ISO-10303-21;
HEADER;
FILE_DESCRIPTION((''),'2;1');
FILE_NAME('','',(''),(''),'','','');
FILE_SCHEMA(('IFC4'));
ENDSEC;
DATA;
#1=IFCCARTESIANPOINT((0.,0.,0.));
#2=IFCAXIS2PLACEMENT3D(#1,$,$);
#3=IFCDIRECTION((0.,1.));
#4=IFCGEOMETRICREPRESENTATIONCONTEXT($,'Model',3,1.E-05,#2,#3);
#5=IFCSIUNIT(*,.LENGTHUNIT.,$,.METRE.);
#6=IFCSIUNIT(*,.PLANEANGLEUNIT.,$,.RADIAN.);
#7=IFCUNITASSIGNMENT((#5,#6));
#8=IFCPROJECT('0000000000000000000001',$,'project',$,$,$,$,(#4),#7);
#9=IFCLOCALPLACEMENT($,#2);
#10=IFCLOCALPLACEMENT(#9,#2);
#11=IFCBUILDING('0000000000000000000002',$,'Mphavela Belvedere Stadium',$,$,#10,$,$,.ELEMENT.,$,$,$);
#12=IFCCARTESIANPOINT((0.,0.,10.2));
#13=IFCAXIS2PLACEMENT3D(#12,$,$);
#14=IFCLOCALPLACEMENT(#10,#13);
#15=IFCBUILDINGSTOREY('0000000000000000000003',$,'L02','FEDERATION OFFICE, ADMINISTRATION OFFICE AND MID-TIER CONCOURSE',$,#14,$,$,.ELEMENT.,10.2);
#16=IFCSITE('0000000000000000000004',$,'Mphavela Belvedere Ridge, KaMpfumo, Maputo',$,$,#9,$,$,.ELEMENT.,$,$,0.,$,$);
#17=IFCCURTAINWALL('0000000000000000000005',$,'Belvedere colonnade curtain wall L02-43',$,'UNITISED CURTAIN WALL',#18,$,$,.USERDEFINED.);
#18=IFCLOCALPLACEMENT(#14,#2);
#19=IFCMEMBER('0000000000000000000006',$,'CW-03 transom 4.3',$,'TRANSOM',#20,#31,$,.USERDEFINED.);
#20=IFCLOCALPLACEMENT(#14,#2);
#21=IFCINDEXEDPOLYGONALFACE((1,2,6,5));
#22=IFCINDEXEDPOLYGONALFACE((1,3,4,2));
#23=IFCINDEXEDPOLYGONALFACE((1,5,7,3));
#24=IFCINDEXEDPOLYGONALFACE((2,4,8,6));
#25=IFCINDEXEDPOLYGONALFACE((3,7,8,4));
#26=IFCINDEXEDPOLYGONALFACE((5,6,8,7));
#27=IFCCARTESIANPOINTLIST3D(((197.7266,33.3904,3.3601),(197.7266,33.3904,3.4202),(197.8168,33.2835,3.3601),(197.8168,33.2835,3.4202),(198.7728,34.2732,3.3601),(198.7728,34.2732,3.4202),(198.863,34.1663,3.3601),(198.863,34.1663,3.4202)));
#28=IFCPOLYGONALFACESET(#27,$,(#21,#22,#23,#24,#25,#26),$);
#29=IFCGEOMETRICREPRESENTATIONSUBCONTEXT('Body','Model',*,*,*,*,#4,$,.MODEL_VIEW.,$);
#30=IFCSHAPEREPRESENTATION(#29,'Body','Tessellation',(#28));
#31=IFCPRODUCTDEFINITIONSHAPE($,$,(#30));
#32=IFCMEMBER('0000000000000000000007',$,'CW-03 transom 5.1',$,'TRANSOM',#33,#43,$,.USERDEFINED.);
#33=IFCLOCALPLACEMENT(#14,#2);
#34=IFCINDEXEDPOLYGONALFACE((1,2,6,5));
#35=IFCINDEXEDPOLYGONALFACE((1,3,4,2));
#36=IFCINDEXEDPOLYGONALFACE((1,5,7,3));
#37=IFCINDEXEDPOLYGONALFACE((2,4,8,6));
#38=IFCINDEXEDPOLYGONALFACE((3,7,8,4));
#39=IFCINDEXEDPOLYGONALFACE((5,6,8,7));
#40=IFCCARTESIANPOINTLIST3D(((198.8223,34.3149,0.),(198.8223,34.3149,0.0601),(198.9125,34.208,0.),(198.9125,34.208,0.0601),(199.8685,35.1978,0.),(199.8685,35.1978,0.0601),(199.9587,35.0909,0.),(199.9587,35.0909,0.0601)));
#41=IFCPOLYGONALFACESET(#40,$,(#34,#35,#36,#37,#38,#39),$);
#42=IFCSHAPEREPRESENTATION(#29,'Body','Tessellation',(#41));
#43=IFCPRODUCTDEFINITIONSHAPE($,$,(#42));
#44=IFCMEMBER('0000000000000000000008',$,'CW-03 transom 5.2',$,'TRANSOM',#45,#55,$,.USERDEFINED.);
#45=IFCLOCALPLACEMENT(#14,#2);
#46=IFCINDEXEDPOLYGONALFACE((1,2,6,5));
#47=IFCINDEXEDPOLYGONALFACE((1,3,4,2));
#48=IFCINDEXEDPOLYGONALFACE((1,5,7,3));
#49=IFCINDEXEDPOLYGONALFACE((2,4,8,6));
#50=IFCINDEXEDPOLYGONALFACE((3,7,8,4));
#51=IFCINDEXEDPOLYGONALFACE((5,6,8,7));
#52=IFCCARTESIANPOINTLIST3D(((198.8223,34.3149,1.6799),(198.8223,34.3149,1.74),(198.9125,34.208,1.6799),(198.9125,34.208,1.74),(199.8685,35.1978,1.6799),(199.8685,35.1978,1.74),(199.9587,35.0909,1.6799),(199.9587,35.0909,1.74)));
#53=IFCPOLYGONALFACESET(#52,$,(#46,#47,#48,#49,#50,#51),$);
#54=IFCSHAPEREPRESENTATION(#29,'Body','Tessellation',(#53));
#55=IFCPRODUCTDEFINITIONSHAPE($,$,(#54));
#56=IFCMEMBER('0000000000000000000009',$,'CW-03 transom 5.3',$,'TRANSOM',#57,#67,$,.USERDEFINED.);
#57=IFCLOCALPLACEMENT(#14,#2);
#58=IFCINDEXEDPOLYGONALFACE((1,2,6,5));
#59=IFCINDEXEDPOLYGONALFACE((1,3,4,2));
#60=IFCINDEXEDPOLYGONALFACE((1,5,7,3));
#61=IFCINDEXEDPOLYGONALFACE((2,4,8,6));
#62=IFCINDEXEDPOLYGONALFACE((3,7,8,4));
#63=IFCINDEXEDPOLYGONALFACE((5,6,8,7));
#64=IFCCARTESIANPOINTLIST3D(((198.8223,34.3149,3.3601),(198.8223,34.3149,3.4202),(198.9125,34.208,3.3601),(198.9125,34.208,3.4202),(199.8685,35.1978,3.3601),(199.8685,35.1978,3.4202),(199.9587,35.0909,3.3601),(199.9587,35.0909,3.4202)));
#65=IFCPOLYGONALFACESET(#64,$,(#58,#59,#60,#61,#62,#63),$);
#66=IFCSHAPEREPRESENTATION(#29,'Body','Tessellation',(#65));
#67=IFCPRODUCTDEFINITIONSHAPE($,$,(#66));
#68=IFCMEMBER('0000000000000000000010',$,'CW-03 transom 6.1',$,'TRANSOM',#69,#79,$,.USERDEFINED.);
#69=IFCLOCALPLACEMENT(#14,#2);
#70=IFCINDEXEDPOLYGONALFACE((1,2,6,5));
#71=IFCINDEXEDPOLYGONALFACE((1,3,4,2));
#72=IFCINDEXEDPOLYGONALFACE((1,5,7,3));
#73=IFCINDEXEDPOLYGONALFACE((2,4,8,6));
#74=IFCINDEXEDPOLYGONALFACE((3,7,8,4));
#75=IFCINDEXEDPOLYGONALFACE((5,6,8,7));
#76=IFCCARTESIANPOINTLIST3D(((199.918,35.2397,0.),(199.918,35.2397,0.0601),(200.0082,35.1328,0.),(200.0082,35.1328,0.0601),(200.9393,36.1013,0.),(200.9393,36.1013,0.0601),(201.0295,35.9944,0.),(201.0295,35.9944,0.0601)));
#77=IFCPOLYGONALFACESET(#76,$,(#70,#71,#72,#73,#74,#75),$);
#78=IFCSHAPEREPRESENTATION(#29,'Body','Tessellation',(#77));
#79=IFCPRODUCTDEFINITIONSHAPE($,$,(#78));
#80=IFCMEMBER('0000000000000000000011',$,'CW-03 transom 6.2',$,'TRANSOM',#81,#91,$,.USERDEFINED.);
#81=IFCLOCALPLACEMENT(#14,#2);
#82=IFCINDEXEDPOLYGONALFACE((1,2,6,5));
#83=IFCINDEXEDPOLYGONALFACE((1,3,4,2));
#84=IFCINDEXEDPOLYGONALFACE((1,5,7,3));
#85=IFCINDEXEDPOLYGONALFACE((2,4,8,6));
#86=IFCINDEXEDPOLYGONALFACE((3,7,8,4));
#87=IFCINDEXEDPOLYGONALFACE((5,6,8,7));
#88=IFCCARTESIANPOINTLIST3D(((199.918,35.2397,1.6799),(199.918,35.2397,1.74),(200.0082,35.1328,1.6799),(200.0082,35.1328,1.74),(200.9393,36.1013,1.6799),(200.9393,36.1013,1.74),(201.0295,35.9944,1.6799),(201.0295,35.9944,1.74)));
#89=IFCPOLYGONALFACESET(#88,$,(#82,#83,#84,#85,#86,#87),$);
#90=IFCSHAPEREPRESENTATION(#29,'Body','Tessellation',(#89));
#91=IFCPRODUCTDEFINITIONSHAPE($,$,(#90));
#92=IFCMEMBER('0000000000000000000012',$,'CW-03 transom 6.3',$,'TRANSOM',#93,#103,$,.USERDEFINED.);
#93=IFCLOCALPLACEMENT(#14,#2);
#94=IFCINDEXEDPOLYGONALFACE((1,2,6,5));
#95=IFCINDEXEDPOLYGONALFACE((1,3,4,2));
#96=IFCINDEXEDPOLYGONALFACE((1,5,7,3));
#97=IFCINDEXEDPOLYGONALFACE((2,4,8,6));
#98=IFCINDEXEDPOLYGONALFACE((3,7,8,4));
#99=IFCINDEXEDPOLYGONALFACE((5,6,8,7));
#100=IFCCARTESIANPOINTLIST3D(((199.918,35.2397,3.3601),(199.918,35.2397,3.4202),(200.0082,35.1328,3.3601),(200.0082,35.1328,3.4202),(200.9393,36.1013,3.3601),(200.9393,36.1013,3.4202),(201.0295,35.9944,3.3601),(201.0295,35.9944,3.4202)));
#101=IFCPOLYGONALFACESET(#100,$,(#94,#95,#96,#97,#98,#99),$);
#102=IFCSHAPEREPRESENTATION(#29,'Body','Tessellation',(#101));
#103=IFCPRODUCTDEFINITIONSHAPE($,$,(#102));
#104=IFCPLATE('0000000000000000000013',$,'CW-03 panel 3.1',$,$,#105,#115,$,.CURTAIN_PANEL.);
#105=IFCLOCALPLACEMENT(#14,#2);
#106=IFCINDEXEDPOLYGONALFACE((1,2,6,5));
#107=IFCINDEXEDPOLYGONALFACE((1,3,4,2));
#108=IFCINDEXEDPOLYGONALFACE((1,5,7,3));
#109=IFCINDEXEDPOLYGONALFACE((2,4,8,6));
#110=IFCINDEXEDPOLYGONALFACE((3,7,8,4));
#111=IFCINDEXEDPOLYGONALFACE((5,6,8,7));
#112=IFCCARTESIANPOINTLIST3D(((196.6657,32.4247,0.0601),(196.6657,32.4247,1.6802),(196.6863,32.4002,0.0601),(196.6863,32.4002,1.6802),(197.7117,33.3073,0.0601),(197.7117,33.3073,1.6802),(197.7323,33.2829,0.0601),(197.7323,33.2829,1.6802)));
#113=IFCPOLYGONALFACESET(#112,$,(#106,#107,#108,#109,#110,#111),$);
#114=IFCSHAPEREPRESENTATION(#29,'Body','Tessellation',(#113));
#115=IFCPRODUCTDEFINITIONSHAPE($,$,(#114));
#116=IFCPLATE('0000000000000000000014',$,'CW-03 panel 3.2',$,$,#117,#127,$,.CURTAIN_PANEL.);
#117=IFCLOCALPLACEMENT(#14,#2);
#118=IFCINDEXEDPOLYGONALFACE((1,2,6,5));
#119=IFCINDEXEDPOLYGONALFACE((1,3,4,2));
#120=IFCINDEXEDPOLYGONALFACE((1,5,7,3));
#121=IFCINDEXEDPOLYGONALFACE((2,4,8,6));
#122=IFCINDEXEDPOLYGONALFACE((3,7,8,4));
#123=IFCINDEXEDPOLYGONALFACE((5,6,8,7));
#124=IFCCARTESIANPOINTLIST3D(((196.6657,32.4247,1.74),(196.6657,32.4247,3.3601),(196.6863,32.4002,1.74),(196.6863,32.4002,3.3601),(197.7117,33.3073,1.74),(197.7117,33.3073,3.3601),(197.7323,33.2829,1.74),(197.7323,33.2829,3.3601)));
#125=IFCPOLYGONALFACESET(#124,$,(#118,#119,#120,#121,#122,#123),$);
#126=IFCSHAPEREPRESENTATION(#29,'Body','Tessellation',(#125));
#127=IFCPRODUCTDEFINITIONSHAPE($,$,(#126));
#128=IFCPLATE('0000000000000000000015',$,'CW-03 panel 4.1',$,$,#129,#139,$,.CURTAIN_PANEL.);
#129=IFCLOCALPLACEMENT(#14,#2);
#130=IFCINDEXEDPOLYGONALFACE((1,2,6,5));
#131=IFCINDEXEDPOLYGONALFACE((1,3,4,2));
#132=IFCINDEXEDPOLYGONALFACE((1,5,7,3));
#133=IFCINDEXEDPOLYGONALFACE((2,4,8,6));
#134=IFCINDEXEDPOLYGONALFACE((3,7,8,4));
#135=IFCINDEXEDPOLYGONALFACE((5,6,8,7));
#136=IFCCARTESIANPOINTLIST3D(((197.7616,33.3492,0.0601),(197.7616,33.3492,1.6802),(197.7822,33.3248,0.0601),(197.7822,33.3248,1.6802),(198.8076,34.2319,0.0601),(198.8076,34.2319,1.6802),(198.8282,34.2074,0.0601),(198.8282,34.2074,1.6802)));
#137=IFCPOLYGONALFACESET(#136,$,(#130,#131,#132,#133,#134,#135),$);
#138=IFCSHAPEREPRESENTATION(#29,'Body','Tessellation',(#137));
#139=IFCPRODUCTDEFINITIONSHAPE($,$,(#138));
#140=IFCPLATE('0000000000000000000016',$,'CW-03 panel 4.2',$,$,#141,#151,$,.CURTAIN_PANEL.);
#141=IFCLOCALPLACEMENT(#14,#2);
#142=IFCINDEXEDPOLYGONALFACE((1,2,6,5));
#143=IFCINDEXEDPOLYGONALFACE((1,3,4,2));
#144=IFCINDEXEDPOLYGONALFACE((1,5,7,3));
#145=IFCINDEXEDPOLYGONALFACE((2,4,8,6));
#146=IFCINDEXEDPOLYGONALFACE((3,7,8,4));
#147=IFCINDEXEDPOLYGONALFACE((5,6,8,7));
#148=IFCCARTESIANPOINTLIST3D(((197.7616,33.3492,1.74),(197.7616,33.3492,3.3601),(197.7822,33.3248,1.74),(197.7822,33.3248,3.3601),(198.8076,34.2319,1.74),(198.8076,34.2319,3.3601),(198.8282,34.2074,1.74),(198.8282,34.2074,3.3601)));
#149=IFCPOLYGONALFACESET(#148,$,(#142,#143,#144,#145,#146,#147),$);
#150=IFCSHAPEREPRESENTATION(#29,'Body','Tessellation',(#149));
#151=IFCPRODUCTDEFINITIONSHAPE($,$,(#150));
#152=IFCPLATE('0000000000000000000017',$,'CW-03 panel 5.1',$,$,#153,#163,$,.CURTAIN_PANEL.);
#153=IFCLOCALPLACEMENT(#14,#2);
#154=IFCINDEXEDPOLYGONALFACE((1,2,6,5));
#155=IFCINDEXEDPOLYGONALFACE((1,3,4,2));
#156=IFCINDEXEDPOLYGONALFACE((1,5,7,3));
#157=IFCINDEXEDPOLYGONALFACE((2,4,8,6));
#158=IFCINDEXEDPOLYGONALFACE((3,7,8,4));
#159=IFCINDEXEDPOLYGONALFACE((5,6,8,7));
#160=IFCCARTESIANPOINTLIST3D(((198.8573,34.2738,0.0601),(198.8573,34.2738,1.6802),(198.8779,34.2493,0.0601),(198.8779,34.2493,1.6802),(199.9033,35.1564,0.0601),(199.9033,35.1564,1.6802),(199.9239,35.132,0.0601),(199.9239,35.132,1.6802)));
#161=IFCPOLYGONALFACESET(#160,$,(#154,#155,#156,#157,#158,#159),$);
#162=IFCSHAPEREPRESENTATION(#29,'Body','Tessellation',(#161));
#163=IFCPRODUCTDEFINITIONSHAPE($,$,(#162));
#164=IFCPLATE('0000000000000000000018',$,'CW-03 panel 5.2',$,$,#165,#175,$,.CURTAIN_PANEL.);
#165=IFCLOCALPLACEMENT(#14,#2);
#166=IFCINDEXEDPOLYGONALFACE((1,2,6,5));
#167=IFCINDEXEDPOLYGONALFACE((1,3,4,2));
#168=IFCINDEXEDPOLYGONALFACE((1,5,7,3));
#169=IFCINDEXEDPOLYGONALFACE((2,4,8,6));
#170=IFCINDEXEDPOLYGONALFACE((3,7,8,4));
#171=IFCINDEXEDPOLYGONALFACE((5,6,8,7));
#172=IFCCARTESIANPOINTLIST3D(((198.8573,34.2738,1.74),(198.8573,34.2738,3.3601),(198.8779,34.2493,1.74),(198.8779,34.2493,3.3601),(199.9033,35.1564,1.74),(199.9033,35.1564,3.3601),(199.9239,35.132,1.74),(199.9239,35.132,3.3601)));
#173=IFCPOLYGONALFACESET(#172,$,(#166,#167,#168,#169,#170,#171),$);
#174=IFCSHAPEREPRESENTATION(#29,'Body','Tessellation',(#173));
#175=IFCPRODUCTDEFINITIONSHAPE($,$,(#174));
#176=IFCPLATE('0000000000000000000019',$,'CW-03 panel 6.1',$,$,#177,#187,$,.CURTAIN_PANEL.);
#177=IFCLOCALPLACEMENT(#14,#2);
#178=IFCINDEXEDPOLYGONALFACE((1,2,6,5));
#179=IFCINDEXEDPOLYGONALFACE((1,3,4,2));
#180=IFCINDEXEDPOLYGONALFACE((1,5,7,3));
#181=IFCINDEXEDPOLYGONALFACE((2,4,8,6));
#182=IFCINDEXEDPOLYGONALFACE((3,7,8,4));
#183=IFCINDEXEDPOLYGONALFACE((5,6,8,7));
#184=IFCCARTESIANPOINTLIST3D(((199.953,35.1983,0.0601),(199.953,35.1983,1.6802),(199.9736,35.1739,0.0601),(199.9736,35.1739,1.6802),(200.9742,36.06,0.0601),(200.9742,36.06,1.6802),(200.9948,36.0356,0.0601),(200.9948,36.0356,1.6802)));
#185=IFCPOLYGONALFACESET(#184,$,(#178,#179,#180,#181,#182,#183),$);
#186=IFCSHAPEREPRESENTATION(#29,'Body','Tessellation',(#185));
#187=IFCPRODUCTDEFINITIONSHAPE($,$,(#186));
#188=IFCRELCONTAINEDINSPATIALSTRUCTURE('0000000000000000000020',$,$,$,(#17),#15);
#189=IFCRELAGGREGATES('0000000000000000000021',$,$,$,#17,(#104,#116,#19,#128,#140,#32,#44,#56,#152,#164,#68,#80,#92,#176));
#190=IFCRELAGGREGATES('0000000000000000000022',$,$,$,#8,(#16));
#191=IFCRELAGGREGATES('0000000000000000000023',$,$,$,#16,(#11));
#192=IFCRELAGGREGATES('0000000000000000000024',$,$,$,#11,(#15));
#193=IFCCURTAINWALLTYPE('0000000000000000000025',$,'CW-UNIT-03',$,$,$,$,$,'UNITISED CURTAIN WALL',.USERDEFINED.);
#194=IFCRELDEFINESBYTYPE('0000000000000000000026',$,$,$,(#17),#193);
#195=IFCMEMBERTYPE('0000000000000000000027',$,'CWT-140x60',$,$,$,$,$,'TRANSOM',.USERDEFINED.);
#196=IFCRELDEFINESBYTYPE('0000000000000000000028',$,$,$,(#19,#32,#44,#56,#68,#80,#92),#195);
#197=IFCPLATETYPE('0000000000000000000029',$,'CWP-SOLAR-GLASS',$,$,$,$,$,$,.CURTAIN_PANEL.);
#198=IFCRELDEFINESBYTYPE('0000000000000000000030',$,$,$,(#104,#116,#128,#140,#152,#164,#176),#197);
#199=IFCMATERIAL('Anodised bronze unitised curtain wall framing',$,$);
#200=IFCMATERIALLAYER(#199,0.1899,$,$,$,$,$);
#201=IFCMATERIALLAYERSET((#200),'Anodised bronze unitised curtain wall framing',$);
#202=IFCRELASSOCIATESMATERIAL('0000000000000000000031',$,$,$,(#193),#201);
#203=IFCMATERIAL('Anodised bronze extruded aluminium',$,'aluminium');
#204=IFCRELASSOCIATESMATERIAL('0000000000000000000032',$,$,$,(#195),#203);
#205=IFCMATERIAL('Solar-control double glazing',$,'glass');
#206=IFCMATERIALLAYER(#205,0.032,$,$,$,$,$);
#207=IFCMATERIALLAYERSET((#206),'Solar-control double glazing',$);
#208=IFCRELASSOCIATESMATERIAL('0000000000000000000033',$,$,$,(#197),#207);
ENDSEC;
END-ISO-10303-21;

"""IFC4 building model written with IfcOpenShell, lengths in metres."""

from ifc_helpers import new_model, si_unit, direction, frame, origin, origin_2d, place, context, subcontext, project, spatial, rectangle, extrude, material, layer, layer_set, material_profile, profile_set, type_object, element, aggregate, save


model = new_model("IFC4")

# Units and contexts
model_context = context("Model", 3, precision=1e-05, world=origin(), true_north=direction((0.0, 1.0)))
body_context = subcontext(model_context, "Body", "Model", "MODEL_VIEW")
ifc_project = project(units=[si_unit("LENGTHUNIT", "METRE"), si_unit("PLANEANGLEUNIT", "RADIAN")], contexts=[model_context])

# Site, building, storey
site_placement = place(None, origin())
site = spatial("IfcSite", under=ifc_project, at=site_placement, Name="Mphavela Belvedere Ridge, KaMpfumo, Maputo", CompositionType="ELEMENT", RefElevation=0.0)
building_placement = place(site_placement, origin())
building = spatial("IfcBuilding", under=site, at=building_placement, Name="Mphavela Belvedere Stadium", CompositionType="ELEMENT")
storey_placement = place(building_placement, frame((0.0, 0.0, 10.2)))
storey = spatial("IfcBuildingStorey", under=building, at=storey_placement, Name="L02", Description="FEDERATION OFFICE, ADMINISTRATION OFFICE AND MID-TIER CONCOURSE", CompositionType="ELEMENT", Elevation=10.2)

# Curtain wall, members, plates
ifc_material_1 = material(Name="Anodised bronze unitised curtain wall framing")
ifc_layer_1 = layer(ifc_material_1, 0.1899)
ifc_layer_set_1 = layer_set([ifc_layer_1], Name="Anodised bronze unitised curtain wall framing")
curtain_wall_type = type_object("IfcCurtainWallType", Name="CW-UNIT-03", ElementType="UNITISED CURTAIN WALL", PredefinedType="USERDEFINED", material=ifc_layer_set_1)
curtain_wall_placement = place(storey_placement, origin())
curtain_wall = element("IfcCurtainWall", 1, at=curtain_wall_placement, inside=storey, type_object=curtain_wall_type, Name="Belvedere colonnade curtain wall L02-43", ObjectType="UNITISED CURTAIN WALL", PredefinedType="USERDEFINED")
ifc_material_2 = material(Name="Anodised bronze extruded aluminium", Category="aluminium")
ifc_material_profile_1 = material_profile(ifc_material_2, rectangle(XDim=0.1399, YDim=0.0601, at=origin_2d()), Name="CW-TRN 140x60")
ifc_profile_set_1 = profile_set([ifc_material_profile_1], Name="Anodised bronze extruded aluminium")
member_type_1 = type_object("IfcMemberType", Name="CWT-140x60", ElementType="TRANSOM", PredefinedType="USERDEFINED", material=ifc_profile_set_1)
member_1_placement = place(storey_placement, frame((197.7717, 33.3369, 3.3901), z_axis=(0.764245, 0.644926, 0.0), x_axis=(-0.644926, 0.764245, 0.0)))
member_1 = element("IfcMember", 2, at=member_1_placement, type_object=member_type_1, Name="CW-03 transom 4.3", ObjectType="TRANSOM", PredefinedType="USERDEFINED", context=body_context, shape_type="SweptSolid", body=[
    extrude(rectangle(XDim=0.1399, YDim=0.0601, at=origin_2d()), origin(), (0.0, 0.0, 1.0), 1.3689),
])
member_2_placement = place(storey_placement, frame((198.8674, 34.2615, 0.03), z_axis=(0.764245, 0.644926, 0.0), x_axis=(-0.644926, 0.764245, 0.0)))
member_2 = element("IfcMember", 3, at=member_2_placement, type_object=member_type_1, Name="CW-03 transom 5.1", ObjectType="TRANSOM", PredefinedType="USERDEFINED", context=body_context, shape_type="SweptSolid", body=[
    extrude(rectangle(XDim=0.1399, YDim=0.0601, at=origin_2d()), origin(), (0.0, 0.0, 1.0), 1.3689),
])
member_3_placement = place(storey_placement, frame((198.8674, 34.2615, 1.71), z_axis=(0.764245, 0.644926, 0.0), x_axis=(-0.644926, 0.764245, 0.0)))
member_3 = element("IfcMember", 4, at=member_3_placement, type_object=member_type_1, Name="CW-03 transom 5.2", ObjectType="TRANSOM", PredefinedType="USERDEFINED", context=body_context, shape_type="SweptSolid", body=[
    extrude(rectangle(XDim=0.1399, YDim=0.0601, at=origin_2d()), origin(), (0.0, 0.0, 1.0), 1.3689),
])
member_4_placement = place(storey_placement, frame((198.8674, 34.2615, 3.3901), z_axis=(0.764245, 0.644926, 0.0), x_axis=(-0.644926, 0.764245, 0.0)))
member_4 = element("IfcMember", 5, at=member_4_placement, type_object=member_type_1, Name="CW-03 transom 5.3", ObjectType="TRANSOM", PredefinedType="USERDEFINED", context=body_context, shape_type="SweptSolid", body=[
    extrude(rectangle(XDim=0.1399, YDim=0.0601, at=origin_2d()), origin(), (0.0, 0.0, 1.0), 1.3689),
])
member_5_placement = place(storey_placement, frame((199.9631, 35.1863, 0.03), z_axis=(0.764328, 0.644828, 0.0), x_axis=(-0.644828, 0.764328, 0.0)))
member_5 = element("IfcMember", 6, at=member_5_placement, type_object=member_type_1, Name="CW-03 transom 6.1", ObjectType="TRANSOM", PredefinedType="USERDEFINED", context=body_context, shape_type="SweptSolid", body=[
    extrude(rectangle(XDim=0.1399, YDim=0.0601, at=origin_2d()), origin(), (0.0, 0.0, 1.0), 1.3362),
])
member_6_placement = place(storey_placement, frame((199.9631, 35.1863, 1.71), z_axis=(0.764328, 0.644828, 0.0), x_axis=(-0.644828, 0.764328, 0.0)))
member_6 = element("IfcMember", 7, at=member_6_placement, type_object=member_type_1, Name="CW-03 transom 6.2", ObjectType="TRANSOM", PredefinedType="USERDEFINED", context=body_context, shape_type="SweptSolid", body=[
    extrude(rectangle(XDim=0.1399, YDim=0.0601, at=origin_2d()), origin(), (0.0, 0.0, 1.0), 1.3362),
])
member_7_placement = place(storey_placement, frame((199.9631, 35.1863, 3.3901), z_axis=(0.764328, 0.644828, 0.0), x_axis=(-0.644828, 0.764328, 0.0)))
member_7 = element("IfcMember", 8, at=member_7_placement, type_object=member_type_1, Name="CW-03 transom 6.3", ObjectType="TRANSOM", PredefinedType="USERDEFINED", context=body_context, shape_type="SweptSolid", body=[
    extrude(rectangle(XDim=0.1399, YDim=0.0601, at=origin_2d()), origin(), (0.0, 0.0, 1.0), 1.3362),
])
ifc_material_3 = material(Name="Solar-control double glazing", Category="glass")
ifc_layer_2 = layer(ifc_material_3, 0.032)
ifc_layer_set_2 = layer_set([ifc_layer_2], Name="Solar-control double glazing")
plate_type = type_object("IfcPlateType", Name="CWP-SOLAR-GLASS", PredefinedType="CURTAIN_PANEL", material=ifc_layer_set_2)
plate_1_placement = place(storey_placement, frame((197.199, 32.8538, 0.0601), z_axis=(0.0, 0.0, 1.0), x_axis=(0.764261, 0.644907, 0.0)))
plate_1 = element("IfcPlate", 9, at=plate_1_placement, type_object=plate_type, Name="CW-03 panel 3.1", PredefinedType="CURTAIN_PANEL", context=body_context, shape_type="SweptSolid", body=[
    extrude(rectangle(XDim=1.3687, YDim=0.032, at=origin_2d()), origin(), (0.0, 0.0, 1.0), 1.6201),
])
plate_2_placement = place(storey_placement, frame((197.199, 32.8538, 1.74), z_axis=(0.0, 0.0, 1.0), x_axis=(0.764261, 0.644907, 0.0)))
plate_2 = element("IfcPlate", 10, at=plate_2_placement, type_object=plate_type, Name="CW-03 panel 3.2", PredefinedType="CURTAIN_PANEL", context=body_context, shape_type="SweptSolid", body=[
    extrude(rectangle(XDim=1.3687, YDim=0.032, at=origin_2d()), origin(), (0.0, 0.0, 1.0), 1.6201),
])
plate_3_placement = place(storey_placement, frame((198.2949, 33.7783, 0.0601), z_axis=(0.0, 0.0, 1.0), x_axis=(0.764261, 0.644907, 0.0)))
plate_3 = element("IfcPlate", 11, at=plate_3_placement, type_object=plate_type, Name="CW-03 panel 4.1", PredefinedType="CURTAIN_PANEL", context=body_context, shape_type="SweptSolid", body=[
    extrude(rectangle(XDim=1.3687, YDim=0.032, at=origin_2d()), origin(), (0.0, 0.0, 1.0), 1.6201),
])
plate_4_placement = place(storey_placement, frame((198.2949, 33.7783, 1.74), z_axis=(0.0, 0.0, 1.0), x_axis=(0.764261, 0.644907, 0.0)))
plate_4 = element("IfcPlate", 12, at=plate_4_placement, type_object=plate_type, Name="CW-03 panel 4.2", PredefinedType="CURTAIN_PANEL", context=body_context, shape_type="SweptSolid", body=[
    extrude(rectangle(XDim=1.3687, YDim=0.032, at=origin_2d()), origin(), (0.0, 0.0, 1.0), 1.6201),
])
plate_5_placement = place(storey_placement, frame((199.3906, 34.7029, 0.0601), z_axis=(0.0, 0.0, 1.0), x_axis=(0.764261, 0.644907, 0.0)))
plate_5 = element("IfcPlate", 13, at=plate_5_placement, type_object=plate_type, Name="CW-03 panel 5.1", PredefinedType="CURTAIN_PANEL", context=body_context, shape_type="SweptSolid", body=[
    extrude(rectangle(XDim=1.3687, YDim=0.032, at=origin_2d()), origin(), (0.0, 0.0, 1.0), 1.6201),
])
plate_6_placement = place(storey_placement, frame((199.3906, 34.7029, 1.74), z_axis=(0.0, 0.0, 1.0), x_axis=(0.764261, 0.644907, 0.0)))
plate_6 = element("IfcPlate", 14, at=plate_6_placement, type_object=plate_type, Name="CW-03 panel 5.2", PredefinedType="CURTAIN_PANEL", context=body_context, shape_type="SweptSolid", body=[
    extrude(rectangle(XDim=1.3687, YDim=0.032, at=origin_2d()), origin(), (0.0, 0.0, 1.0), 1.6201),
])
plate_7_placement = place(storey_placement, frame((200.4739, 35.6169, 0.0601), z_axis=(0.0, 0.0, 1.0), x_axis=(0.764261, 0.644907, 0.0)))
plate_7 = element("IfcPlate", 15, at=plate_7_placement, type_object=plate_type, Name="CW-03 panel 6.1", PredefinedType="CURTAIN_PANEL", context=body_context, shape_type="SweptSolid", body=[
    extrude(rectangle(XDim=1.3362, YDim=0.032, at=origin_2d()), origin(), (0.0, 0.0, 1.0), 1.6201),
])
aggregate(curtain_wall, [plate_1, plate_2, member_1, plate_3, plate_4, member_2, member_3, member_4, plate_5, plate_6, member_5, member_6, member_7, plate_7])

save(model, "model.ifc")
